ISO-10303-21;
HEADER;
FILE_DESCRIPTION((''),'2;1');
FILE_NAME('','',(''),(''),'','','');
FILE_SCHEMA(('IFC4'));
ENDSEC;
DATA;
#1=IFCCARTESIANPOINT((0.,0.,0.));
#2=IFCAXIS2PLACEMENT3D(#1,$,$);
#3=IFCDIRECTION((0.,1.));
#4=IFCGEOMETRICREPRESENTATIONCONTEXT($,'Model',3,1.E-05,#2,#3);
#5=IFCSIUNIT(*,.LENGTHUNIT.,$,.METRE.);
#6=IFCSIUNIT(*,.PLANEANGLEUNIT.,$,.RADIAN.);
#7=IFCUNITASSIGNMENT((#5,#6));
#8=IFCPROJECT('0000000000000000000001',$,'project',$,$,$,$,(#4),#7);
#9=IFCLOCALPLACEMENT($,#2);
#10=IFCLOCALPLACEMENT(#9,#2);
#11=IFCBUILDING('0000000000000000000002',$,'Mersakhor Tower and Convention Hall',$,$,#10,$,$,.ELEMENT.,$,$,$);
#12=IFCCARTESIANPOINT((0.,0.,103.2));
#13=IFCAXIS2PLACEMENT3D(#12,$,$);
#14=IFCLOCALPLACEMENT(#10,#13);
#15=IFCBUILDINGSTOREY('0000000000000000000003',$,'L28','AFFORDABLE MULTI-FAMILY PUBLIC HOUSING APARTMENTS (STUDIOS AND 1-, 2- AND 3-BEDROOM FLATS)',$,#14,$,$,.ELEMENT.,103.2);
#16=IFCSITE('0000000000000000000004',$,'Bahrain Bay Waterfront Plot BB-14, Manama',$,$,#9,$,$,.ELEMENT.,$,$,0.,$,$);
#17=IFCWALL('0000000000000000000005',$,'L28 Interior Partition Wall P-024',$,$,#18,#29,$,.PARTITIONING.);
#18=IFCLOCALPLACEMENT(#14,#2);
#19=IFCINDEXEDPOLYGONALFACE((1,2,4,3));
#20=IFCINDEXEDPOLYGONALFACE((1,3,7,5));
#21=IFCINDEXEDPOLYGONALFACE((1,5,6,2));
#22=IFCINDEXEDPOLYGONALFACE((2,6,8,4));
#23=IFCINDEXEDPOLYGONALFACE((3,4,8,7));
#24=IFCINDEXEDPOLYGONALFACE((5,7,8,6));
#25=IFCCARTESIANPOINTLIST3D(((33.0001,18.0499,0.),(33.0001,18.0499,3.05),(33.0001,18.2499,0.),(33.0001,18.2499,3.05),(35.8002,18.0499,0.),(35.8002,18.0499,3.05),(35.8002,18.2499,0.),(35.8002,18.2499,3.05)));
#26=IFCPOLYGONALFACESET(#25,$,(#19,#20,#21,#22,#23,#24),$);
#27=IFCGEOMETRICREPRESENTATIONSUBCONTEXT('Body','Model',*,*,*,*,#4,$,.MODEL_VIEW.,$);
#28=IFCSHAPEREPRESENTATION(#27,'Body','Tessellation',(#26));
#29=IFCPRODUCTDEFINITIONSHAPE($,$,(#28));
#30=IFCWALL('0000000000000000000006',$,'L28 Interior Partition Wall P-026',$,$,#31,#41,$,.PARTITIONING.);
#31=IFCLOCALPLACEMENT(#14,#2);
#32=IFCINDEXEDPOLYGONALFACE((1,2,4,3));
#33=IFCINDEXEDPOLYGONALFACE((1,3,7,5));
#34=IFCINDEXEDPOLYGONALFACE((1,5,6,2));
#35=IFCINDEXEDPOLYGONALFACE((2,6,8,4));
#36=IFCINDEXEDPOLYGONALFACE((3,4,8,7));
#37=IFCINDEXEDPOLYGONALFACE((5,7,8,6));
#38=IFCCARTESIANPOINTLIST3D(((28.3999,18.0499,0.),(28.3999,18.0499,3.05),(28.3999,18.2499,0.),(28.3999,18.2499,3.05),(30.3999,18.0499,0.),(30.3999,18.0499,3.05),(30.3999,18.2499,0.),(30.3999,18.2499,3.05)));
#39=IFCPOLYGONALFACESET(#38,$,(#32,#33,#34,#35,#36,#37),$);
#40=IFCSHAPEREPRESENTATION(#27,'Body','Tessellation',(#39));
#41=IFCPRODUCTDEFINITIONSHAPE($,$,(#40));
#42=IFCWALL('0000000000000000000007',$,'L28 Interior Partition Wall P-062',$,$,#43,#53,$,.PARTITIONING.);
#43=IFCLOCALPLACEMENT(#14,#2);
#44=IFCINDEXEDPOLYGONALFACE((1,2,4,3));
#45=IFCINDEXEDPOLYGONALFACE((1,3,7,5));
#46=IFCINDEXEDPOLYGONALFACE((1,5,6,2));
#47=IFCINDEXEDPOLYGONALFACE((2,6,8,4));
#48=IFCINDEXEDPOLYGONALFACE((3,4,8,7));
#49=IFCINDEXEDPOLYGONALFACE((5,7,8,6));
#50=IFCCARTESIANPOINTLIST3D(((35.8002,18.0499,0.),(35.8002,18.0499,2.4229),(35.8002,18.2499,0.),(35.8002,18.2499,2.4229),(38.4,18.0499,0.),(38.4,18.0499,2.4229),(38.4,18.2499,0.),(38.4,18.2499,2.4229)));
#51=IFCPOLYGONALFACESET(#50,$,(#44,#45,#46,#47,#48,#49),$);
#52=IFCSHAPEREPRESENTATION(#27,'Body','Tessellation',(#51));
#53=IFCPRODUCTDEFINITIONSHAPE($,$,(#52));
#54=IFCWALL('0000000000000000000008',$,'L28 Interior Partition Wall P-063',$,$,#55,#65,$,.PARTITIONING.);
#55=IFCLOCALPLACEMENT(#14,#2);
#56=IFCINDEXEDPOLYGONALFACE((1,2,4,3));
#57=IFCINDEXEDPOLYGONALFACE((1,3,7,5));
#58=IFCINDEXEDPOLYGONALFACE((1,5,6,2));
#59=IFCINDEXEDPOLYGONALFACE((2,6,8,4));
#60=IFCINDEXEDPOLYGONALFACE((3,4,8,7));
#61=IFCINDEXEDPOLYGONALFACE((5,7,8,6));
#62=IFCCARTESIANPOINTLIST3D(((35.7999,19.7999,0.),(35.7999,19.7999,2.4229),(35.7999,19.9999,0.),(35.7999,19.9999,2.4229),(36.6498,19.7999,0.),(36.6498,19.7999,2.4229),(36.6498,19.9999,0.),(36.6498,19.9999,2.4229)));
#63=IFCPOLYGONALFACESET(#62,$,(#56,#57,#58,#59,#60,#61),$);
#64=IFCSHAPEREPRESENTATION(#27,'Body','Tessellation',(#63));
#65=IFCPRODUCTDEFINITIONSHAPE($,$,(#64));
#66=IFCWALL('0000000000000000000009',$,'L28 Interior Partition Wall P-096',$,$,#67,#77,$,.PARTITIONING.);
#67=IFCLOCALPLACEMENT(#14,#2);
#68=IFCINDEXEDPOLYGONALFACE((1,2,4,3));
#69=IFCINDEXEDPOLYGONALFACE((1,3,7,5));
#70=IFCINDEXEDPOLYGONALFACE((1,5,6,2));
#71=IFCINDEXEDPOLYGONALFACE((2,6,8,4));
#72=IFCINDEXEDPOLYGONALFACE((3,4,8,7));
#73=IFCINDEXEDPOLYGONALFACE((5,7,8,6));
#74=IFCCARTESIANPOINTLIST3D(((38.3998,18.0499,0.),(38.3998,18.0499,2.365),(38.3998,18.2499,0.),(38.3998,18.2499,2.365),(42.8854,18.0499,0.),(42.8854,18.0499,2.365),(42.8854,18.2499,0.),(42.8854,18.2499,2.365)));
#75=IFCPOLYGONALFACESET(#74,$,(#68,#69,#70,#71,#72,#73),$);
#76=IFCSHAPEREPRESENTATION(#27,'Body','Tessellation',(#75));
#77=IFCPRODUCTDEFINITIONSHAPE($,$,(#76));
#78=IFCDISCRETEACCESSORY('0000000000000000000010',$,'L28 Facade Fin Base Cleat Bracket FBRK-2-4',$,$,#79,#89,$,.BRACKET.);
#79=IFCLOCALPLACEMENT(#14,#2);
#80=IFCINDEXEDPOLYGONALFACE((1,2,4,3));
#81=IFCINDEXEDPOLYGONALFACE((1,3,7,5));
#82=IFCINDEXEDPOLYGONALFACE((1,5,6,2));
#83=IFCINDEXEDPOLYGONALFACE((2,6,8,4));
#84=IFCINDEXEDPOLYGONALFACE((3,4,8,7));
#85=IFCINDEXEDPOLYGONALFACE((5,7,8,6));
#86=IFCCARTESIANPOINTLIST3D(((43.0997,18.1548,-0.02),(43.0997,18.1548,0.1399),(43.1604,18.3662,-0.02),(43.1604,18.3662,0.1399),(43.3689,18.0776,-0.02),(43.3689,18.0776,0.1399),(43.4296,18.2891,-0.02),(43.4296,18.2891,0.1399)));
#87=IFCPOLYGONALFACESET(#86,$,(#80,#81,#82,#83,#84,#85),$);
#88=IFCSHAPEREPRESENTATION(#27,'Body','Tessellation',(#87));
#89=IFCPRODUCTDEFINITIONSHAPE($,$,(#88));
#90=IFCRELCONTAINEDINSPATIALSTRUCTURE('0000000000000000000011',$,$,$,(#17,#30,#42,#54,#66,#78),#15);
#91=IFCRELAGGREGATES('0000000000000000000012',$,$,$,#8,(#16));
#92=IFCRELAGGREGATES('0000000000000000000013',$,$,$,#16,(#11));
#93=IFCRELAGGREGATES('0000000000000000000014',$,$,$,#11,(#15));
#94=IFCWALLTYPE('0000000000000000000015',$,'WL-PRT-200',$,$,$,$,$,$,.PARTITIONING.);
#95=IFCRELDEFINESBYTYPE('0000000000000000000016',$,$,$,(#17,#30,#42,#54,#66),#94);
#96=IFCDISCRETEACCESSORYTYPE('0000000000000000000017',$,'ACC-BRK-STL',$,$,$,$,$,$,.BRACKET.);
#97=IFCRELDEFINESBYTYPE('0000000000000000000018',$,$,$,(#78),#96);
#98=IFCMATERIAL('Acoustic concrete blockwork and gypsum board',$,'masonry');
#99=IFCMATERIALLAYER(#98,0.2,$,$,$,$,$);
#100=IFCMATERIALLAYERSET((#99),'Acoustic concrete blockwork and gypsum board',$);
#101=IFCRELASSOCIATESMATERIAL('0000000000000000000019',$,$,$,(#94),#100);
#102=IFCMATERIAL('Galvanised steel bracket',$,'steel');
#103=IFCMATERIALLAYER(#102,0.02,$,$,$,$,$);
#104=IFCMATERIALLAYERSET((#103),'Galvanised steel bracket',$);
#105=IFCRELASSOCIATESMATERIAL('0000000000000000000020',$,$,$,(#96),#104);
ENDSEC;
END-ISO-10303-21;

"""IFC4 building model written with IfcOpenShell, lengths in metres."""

from ifc_helpers import new_model, si_unit, direction, frame, frame_2d, origin, origin_2d, place, context, subcontext, project, spatial, rectangle, extrude, material, layer, layer_set, type_object, element, save


model = new_model("IFC4")

# Units and contexts
model_context = context("Model", 3, precision=1e-05, world=origin(), true_north=direction((0.0, 1.0)))
body_context = subcontext(model_context, "Body", "Model", "MODEL_VIEW")
ifc_project = project(units=[si_unit("LENGTHUNIT", "METRE"), si_unit("PLANEANGLEUNIT", "RADIAN")], contexts=[model_context])

# Site, building, storey
site_placement = place(None, origin())
site = spatial("IfcSite", under=ifc_project, at=site_placement, Name="Bahrain Bay Waterfront Plot BB-14, Manama", CompositionType="ELEMENT", RefElevation=0.0)
building_placement = place(site_placement, origin())
building = spatial("IfcBuilding", under=site, at=building_placement, Name="Mersakhor Tower and Convention Hall", CompositionType="ELEMENT")
storey_placement = place(building_placement, frame((0.0, 0.0, 103.2)))
storey = spatial("IfcBuildingStorey", under=building, at=storey_placement, Name="L28", Description="AFFORDABLE MULTI-FAMILY PUBLIC HOUSING APARTMENTS (STUDIOS AND 1-, 2- AND 3-BEDROOM FLATS)", CompositionType="ELEMENT", Elevation=103.2)

# Shared definitions
ifc_material_1 = material(Name="Acoustic concrete blockwork and gypsum board", Category="masonry")
ifc_layer_1 = layer(ifc_material_1, 0.2)
ifc_layer_set_1 = layer_set([ifc_layer_1], Name="Acoustic concrete blockwork and gypsum board")
wall_type_1 = type_object("IfcWallType", Name="WL-PRT-200", PredefinedType="PARTITIONING", material=ifc_layer_set_1)

# Wall
wall_1_placement = place(storey_placement, frame((35.8, 18.1499, 0.0), z_axis=(0.0, 0.0, 1.0), x_axis=(-1.0, 0.0, 0.0)))
element("IfcWall", 1, at=wall_1_placement, inside=storey, type_object=wall_type_1, Name="L28 Interior Partition Wall P-024", PredefinedType="PARTITIONING", context=body_context, shape_type="SweptSolid", body=[
    extrude(rectangle(XDim=2.8, YDim=0.2, at=frame_2d((1.3999, 0.0))), origin(), (0.0, 0.0, 1.0), 3.05),
])

# Walls
wall_2_placement = place(storey_placement, frame((30.3999, 18.1499, 0.0), z_axis=(0.0, 0.0, 1.0), x_axis=(-1.0, 0.0, 0.0)))
element("IfcWall", 2, at=wall_2_placement, inside=storey, type_object=wall_type_1, Name="L28 Interior Partition Wall P-026", PredefinedType="PARTITIONING", context=body_context, shape_type="SweptSolid", body=[
    extrude(rectangle(XDim=2.0, YDim=0.2, at=frame_2d((1.0, 0.0))), origin(), (0.0, 0.0, 1.0), 3.05),
])
wall_3_placement = place(storey_placement, frame((38.3999, 18.1499, 0.0), z_axis=(0.0, 0.0, 1.0), x_axis=(-1.0, 0.0, 0.0)))
element("IfcWall", 3, at=wall_3_placement, inside=storey, type_object=wall_type_1, Name="L28 Interior Partition Wall P-062", PredefinedType="PARTITIONING", context=body_context, shape_type="SweptSolid", body=[
    extrude(rectangle(XDim=2.5999, YDim=0.2, at=frame_2d((1.2998, 0.0))), origin(), (0.0, 0.0, 1.0), 2.4229),
])
wall_4_placement = place(storey_placement, frame((35.8, 19.8999, 0.0), z_axis=(0.0, 0.0, 1.0), x_axis=(1.0, 0.0, 0.0)))
element("IfcWall", 4, at=wall_4_placement, inside=storey, type_object=wall_type_1, Name="L28 Interior Partition Wall P-063", PredefinedType="PARTITIONING", context=body_context, shape_type="SweptSolid", body=[
    extrude(rectangle(XDim=0.8499, YDim=0.2, at=frame_2d((0.4248, 0.0))), origin(), (0.0, 0.0, 1.0), 2.4229),
])
wall_5_placement = place(storey_placement, frame((38.3999, 18.1499, 0.0), z_axis=(0.0, 0.0, 1.0), x_axis=(1.0, 0.0, 0.0)))
element("IfcWall", 5, at=wall_5_placement, inside=storey, type_object=wall_type_1, Name="L28 Interior Partition Wall P-096", PredefinedType="PARTITIONING", context=body_context, shape_type="SweptSolid", body=[
    extrude(rectangle(XDim=4.4856, YDim=0.2, at=frame_2d((2.2427, 0.0))), origin(), (0.0, 0.0, 1.0), 2.365),
])

# Discrete accessory
ifc_material_2 = material(Name="Galvanised steel bracket", Category="steel")
ifc_layer_2 = layer(ifc_material_2, 0.02)
ifc_layer_set_2 = layer_set([ifc_layer_2], Name="Galvanised steel bracket")
discrete_accessory_type = type_object("IfcDiscreteAccessoryType", Name="ACC-BRK-STL", PredefinedType="BRACKET", material=ifc_layer_set_2)
discrete_accessory_placement = place(storey_placement, frame((43.2646, 18.2219, -0.02), z_axis=(0.0, 0.0, 1.0), x_axis=(0.961262, -0.275637, 0.0)))
element("IfcDiscreteAccessory", 6, at=discrete_accessory_placement, inside=storey, type_object=discrete_accessory_type, Name="L28 Facade Fin Base Cleat Bracket FBRK-2-4", PredefinedType="BRACKET", context=body_context, shape_type="SweptSolid", body=[
    extrude(rectangle(XDim=0.28, YDim=0.22, at=origin_2d()), origin(), (0.0, 0.0, 1.0), 0.1599),
])

save(model, "model.ifc")
